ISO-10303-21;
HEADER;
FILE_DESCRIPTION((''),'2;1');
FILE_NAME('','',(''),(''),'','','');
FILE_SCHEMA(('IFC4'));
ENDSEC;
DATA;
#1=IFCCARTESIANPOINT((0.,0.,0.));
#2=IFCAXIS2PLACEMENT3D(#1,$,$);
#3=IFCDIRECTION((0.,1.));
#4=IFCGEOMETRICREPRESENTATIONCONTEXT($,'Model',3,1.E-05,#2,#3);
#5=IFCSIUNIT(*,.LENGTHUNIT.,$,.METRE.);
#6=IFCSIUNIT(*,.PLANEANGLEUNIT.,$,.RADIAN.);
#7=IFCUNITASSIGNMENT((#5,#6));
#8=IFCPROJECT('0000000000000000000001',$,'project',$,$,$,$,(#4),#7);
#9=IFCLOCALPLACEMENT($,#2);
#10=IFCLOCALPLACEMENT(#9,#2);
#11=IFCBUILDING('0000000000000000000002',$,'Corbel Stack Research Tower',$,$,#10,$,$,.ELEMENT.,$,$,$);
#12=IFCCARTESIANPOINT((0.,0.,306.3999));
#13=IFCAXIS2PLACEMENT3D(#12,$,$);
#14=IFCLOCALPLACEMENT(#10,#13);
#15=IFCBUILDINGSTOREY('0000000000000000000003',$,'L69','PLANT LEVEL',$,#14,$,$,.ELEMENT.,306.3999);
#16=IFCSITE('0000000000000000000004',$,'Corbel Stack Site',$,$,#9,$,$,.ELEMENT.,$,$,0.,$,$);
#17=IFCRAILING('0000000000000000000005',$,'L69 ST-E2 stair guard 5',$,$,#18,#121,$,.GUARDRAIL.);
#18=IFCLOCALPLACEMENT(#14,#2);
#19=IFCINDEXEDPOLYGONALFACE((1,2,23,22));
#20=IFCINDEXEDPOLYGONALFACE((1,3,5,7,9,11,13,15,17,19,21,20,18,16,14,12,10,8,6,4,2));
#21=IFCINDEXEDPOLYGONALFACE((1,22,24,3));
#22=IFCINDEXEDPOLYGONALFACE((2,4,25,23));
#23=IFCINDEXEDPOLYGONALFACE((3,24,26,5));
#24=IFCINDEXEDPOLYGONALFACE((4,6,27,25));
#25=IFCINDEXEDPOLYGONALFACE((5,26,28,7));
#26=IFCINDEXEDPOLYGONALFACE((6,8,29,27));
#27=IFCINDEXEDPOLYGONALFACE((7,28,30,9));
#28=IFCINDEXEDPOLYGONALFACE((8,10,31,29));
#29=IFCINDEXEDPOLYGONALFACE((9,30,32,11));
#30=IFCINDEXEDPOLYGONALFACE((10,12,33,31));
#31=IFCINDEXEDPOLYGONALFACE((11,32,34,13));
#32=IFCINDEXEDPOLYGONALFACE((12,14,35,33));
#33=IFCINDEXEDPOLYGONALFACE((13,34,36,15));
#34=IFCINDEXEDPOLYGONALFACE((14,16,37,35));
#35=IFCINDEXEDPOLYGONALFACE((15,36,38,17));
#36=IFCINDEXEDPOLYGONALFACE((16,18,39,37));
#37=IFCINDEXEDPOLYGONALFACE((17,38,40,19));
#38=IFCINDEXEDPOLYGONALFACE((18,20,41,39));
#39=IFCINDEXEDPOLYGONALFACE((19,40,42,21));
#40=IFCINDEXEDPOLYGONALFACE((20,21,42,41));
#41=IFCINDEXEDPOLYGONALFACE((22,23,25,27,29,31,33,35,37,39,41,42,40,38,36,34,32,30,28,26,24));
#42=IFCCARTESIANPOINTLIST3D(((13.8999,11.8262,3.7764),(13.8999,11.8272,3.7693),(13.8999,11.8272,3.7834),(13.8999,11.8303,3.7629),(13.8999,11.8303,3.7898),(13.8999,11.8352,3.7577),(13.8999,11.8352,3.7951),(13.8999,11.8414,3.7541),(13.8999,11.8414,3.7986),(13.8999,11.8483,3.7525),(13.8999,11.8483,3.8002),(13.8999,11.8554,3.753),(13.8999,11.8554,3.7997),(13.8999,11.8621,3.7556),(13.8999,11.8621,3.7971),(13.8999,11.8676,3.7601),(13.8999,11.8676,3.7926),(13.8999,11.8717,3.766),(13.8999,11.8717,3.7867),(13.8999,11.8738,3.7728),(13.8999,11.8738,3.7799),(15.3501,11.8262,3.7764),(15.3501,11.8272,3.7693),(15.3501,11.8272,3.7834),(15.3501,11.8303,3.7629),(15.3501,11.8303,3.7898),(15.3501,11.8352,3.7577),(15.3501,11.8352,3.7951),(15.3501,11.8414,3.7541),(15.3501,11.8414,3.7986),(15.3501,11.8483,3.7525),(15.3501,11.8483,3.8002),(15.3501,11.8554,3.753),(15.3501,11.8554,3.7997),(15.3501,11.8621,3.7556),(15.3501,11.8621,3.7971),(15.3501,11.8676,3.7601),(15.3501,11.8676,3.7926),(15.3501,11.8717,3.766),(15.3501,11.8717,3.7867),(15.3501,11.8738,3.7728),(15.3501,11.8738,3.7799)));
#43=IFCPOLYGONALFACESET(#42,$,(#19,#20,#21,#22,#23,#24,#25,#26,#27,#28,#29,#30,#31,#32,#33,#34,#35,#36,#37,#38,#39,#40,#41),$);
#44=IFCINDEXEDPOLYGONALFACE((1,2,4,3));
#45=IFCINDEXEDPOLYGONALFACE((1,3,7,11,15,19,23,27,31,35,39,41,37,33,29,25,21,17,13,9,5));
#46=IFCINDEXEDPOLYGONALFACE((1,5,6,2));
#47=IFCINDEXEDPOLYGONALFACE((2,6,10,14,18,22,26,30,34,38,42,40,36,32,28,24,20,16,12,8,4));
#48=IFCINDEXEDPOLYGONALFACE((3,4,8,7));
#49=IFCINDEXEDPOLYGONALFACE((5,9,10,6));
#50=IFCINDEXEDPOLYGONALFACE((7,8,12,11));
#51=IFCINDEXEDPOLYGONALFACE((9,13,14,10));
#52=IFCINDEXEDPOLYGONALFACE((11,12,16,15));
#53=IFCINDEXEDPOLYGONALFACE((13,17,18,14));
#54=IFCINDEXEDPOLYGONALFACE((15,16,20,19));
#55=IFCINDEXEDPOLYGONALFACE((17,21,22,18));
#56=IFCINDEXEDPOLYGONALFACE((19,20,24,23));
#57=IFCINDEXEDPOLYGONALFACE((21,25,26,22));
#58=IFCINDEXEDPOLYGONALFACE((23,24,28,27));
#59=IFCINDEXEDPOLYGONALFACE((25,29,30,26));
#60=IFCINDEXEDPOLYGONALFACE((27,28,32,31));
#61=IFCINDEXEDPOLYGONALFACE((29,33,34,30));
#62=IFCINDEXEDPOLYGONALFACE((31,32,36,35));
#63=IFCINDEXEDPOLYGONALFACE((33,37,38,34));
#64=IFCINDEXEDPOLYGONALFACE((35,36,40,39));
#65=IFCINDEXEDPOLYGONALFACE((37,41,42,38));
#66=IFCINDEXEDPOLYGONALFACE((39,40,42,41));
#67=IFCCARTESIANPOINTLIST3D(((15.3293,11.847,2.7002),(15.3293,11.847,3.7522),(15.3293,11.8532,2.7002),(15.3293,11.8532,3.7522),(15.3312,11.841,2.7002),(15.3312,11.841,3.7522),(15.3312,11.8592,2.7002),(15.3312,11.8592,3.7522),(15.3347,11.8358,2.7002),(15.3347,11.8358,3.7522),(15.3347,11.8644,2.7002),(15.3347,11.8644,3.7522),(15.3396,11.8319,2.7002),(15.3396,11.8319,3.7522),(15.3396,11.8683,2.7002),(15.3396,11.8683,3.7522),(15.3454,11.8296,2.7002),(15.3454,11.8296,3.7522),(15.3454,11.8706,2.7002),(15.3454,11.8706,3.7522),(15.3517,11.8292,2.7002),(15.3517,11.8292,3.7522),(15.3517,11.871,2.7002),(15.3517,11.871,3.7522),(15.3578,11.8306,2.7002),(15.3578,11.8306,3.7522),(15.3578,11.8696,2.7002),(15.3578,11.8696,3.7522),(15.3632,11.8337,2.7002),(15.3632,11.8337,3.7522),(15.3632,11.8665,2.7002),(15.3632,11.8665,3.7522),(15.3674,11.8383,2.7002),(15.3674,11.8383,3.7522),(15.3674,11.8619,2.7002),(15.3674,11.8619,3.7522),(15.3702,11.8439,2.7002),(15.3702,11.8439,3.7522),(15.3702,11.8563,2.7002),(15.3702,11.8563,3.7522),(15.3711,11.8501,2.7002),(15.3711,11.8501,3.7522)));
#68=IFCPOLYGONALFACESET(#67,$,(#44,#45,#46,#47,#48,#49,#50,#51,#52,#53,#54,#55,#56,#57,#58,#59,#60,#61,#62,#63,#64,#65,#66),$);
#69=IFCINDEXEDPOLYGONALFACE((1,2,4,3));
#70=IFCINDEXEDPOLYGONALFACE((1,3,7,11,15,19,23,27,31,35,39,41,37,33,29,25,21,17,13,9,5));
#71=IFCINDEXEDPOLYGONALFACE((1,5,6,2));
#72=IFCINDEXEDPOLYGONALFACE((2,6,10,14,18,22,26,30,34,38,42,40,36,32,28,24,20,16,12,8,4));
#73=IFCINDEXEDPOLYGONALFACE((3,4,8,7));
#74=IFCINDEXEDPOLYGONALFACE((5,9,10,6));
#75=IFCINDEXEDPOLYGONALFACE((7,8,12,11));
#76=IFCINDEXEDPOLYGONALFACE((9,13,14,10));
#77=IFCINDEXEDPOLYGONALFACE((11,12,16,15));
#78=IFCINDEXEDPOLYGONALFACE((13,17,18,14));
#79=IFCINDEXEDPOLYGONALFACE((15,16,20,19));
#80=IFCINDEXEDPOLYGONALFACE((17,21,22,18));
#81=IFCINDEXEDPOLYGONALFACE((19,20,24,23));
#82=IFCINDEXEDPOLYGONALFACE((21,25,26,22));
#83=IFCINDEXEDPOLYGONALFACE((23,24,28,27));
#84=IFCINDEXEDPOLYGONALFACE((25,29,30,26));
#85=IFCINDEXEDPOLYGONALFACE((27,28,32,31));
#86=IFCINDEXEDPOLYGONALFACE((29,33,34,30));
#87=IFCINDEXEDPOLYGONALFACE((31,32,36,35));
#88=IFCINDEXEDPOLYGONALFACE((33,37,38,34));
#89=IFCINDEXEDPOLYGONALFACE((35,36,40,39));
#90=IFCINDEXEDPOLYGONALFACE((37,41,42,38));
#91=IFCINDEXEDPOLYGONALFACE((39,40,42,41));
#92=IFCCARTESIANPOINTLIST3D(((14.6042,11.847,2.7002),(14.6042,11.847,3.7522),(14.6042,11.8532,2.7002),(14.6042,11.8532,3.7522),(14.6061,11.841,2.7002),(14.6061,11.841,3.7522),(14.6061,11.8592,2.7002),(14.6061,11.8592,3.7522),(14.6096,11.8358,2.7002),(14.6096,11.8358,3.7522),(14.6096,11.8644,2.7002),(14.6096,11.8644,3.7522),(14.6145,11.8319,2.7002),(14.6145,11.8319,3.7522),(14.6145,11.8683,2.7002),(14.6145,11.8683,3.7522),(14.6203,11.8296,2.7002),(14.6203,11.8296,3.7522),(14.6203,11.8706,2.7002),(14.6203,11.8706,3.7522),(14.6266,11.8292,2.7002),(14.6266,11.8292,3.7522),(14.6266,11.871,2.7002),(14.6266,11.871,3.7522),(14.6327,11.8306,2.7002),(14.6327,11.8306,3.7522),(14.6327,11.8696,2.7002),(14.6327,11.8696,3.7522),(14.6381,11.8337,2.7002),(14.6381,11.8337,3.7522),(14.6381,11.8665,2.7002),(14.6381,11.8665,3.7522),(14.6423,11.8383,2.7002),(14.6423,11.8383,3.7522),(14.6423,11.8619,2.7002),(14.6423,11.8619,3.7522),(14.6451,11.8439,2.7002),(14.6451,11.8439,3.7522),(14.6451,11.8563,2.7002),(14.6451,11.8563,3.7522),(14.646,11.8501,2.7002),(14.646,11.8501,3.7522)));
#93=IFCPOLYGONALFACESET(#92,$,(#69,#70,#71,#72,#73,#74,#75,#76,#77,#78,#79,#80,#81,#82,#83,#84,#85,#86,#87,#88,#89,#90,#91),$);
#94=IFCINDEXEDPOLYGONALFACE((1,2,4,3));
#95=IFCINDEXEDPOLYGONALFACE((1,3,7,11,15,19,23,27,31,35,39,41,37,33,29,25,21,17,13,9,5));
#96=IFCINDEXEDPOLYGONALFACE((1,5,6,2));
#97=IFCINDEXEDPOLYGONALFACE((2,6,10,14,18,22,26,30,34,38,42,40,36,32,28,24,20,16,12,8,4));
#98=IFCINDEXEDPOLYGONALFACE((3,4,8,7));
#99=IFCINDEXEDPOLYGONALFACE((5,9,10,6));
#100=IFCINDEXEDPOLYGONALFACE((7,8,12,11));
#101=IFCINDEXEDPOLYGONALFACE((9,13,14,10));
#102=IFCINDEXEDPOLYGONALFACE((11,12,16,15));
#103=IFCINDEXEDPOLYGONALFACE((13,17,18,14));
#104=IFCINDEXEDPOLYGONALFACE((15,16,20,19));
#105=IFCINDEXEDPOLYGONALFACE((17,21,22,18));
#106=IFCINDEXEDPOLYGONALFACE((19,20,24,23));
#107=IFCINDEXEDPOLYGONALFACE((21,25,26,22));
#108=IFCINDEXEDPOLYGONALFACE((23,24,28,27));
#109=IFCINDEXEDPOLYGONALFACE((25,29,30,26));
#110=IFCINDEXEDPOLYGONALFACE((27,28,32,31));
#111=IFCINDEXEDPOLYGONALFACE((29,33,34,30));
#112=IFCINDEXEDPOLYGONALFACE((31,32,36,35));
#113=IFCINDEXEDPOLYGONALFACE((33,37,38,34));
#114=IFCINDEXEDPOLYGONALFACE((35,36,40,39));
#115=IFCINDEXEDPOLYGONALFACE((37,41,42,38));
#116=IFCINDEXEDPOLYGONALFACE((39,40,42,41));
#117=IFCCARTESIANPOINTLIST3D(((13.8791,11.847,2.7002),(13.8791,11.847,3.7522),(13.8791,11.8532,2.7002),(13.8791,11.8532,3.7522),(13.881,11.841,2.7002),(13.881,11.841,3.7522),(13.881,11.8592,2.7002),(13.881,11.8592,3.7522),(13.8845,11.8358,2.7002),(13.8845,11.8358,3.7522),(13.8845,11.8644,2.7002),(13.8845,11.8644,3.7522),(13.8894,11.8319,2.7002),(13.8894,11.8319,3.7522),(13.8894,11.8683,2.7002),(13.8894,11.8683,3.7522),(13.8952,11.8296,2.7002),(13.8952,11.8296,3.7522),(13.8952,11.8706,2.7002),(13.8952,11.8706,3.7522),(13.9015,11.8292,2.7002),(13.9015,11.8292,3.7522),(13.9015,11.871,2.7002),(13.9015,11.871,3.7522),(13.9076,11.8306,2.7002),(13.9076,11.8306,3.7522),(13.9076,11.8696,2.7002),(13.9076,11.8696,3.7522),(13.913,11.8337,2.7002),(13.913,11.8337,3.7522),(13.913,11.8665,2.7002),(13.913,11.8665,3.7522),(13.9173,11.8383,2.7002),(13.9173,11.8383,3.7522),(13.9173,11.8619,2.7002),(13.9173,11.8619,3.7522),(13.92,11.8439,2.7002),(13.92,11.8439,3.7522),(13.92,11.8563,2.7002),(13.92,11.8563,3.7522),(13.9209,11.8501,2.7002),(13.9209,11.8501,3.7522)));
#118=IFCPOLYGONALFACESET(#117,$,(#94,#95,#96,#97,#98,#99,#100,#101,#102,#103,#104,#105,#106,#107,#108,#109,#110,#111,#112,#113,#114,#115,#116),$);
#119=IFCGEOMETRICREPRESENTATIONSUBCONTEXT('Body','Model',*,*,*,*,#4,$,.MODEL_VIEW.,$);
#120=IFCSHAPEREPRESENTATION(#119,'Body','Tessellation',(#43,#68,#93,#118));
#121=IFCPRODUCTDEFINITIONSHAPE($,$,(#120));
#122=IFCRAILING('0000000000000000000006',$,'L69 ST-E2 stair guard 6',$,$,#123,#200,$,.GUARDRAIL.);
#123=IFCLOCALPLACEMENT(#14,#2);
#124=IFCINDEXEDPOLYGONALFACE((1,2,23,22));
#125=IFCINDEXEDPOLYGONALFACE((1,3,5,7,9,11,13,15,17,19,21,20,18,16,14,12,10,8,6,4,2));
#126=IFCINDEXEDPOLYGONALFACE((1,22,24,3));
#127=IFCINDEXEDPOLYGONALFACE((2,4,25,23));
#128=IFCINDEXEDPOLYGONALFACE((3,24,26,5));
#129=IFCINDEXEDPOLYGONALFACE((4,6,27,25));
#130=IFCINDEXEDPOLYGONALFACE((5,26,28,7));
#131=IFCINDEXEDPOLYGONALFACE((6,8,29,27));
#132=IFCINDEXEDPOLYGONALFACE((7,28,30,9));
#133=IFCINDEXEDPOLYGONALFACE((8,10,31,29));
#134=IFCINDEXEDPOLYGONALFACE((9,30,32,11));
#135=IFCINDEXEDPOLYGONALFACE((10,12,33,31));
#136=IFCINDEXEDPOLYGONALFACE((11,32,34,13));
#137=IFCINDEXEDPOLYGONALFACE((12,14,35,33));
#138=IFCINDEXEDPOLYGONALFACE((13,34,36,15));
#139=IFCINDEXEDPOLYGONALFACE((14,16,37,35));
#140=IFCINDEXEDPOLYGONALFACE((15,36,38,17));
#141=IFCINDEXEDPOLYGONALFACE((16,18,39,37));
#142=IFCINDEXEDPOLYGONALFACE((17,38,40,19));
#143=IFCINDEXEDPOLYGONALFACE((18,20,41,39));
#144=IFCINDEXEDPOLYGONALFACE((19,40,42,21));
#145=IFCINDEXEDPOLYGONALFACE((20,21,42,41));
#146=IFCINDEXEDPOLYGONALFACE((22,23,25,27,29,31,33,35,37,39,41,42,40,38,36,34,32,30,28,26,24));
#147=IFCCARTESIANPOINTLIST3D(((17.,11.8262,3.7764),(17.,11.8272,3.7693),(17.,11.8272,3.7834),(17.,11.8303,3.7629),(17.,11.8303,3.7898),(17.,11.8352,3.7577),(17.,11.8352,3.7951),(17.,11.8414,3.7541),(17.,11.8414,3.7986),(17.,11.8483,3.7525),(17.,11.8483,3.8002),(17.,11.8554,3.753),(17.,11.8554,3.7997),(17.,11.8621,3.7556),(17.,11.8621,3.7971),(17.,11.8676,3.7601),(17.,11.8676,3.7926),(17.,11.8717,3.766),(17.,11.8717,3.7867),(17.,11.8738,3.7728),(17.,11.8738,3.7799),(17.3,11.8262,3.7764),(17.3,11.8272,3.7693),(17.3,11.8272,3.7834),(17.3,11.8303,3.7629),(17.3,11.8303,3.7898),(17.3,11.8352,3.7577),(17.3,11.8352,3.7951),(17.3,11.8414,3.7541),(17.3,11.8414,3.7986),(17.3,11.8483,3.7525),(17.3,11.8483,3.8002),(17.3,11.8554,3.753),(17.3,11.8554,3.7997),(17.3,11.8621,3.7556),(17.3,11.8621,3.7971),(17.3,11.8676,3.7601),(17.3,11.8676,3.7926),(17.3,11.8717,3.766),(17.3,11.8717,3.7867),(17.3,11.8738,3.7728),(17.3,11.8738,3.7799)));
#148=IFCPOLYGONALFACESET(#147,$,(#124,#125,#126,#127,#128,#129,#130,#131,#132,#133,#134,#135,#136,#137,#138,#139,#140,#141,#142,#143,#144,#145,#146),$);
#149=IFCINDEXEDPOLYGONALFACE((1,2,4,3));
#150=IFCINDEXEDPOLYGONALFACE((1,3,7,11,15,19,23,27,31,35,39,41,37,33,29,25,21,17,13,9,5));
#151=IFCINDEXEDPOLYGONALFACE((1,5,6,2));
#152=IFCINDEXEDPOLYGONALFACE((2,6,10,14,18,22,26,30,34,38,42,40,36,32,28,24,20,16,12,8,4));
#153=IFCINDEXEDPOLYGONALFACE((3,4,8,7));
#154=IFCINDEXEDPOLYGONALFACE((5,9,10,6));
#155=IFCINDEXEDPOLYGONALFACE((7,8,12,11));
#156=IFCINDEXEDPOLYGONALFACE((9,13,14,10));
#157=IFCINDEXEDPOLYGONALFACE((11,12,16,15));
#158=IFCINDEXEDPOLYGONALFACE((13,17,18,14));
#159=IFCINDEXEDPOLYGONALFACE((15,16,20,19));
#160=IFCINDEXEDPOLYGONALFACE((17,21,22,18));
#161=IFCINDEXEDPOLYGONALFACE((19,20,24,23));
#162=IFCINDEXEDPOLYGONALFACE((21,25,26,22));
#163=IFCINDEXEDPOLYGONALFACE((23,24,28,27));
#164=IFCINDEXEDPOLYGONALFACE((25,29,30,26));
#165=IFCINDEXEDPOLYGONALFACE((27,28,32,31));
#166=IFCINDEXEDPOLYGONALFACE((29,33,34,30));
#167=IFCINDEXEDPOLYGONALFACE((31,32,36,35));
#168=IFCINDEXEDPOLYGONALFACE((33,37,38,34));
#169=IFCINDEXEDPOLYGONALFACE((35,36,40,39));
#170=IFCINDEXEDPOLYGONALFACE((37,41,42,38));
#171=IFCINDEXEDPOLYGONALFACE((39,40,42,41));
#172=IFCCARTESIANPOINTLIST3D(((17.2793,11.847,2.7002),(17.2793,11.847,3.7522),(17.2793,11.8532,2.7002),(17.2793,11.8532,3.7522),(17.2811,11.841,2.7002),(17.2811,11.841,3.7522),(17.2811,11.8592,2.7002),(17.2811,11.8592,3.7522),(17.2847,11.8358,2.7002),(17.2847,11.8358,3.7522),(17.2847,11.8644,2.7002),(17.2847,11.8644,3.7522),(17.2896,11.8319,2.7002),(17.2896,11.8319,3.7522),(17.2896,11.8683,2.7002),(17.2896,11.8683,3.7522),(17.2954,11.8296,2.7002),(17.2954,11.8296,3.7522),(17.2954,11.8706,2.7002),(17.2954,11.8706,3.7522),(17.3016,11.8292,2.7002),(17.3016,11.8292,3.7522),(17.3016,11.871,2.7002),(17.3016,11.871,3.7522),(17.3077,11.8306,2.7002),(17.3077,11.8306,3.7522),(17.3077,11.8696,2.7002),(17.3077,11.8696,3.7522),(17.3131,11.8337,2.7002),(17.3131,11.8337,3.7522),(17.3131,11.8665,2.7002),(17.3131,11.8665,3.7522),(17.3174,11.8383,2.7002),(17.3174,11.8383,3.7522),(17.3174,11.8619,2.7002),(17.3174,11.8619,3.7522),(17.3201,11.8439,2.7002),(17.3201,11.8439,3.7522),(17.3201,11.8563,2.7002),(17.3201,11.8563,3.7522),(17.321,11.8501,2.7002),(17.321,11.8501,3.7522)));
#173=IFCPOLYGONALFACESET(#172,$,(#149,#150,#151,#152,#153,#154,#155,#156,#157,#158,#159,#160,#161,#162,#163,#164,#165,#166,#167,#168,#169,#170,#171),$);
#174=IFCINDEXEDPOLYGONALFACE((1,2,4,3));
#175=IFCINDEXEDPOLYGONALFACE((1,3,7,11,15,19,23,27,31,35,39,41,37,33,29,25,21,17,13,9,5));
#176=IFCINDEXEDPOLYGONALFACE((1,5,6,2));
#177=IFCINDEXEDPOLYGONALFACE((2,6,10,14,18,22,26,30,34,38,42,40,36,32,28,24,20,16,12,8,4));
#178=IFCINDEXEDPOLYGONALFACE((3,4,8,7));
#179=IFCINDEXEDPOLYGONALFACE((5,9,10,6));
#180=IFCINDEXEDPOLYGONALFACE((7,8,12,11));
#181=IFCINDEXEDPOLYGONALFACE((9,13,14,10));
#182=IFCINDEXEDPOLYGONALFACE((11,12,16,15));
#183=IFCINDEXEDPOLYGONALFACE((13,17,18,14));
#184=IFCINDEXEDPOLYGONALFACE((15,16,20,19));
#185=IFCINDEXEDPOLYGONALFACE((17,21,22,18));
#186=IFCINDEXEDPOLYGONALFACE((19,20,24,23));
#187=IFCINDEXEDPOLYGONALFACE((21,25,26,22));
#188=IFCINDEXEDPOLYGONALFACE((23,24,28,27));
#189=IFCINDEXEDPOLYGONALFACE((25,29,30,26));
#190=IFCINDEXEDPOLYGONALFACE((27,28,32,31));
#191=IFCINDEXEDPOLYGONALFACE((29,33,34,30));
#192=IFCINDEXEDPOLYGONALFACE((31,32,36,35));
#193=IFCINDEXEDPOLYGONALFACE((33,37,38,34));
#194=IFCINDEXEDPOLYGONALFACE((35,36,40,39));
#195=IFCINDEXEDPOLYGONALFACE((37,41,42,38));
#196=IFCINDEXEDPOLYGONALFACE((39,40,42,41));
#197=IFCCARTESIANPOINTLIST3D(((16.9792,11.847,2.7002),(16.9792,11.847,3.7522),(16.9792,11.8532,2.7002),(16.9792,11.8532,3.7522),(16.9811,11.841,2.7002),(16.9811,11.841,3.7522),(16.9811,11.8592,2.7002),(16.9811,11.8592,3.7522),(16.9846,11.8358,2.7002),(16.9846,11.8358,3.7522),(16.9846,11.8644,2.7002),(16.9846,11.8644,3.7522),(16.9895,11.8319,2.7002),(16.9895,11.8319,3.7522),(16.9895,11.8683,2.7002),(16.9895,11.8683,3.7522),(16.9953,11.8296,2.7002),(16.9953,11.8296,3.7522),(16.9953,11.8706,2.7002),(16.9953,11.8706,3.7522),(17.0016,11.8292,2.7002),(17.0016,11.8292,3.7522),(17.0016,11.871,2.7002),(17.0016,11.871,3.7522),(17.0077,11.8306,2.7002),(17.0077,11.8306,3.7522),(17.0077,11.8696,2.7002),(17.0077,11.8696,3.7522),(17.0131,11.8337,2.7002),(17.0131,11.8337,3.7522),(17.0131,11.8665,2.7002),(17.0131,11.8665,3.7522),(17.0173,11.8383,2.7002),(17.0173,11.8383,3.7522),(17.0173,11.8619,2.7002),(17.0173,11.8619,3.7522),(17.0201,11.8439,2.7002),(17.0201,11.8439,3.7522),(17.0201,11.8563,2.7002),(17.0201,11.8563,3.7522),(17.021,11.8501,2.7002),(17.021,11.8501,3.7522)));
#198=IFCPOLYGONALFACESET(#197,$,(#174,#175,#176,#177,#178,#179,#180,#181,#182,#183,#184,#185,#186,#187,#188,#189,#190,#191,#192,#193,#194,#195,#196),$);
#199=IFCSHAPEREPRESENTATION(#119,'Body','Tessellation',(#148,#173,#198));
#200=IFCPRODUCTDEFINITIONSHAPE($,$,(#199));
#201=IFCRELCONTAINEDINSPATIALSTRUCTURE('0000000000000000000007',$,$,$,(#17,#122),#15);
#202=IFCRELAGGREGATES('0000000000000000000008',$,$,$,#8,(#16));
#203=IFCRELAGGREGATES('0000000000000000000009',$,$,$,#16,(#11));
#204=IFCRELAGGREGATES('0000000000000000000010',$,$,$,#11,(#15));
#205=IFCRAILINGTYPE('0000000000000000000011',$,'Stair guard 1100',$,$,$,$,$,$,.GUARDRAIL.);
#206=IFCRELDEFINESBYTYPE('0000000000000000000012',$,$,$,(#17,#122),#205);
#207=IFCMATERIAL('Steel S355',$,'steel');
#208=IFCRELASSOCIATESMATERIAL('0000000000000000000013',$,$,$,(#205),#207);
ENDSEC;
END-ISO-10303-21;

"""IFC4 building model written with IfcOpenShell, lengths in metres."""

from ifc_helpers import new_model, si_unit, direction, frame, origin, origin_2d, place, context, subcontext, project, spatial, circle, extrude, material, type_object, element, save


model = new_model("IFC4")

# Units and contexts
model_context = context("Model", 3, precision=1e-05, world=origin(), true_north=direction((0.0, 1.0)))
body_context = subcontext(model_context, "Body", "Model", "MODEL_VIEW")
ifc_project = project(units=[si_unit("LENGTHUNIT", "METRE"), si_unit("PLANEANGLEUNIT", "RADIAN")], contexts=[model_context])

# Site, building, storey
site_placement = place(None, origin())
site = spatial("IfcSite", under=ifc_project, at=site_placement, Name="Corbel Stack Site", CompositionType="ELEMENT", RefElevation=0.0)
building_placement = place(site_placement, origin())
building = spatial("IfcBuilding", under=site, at=building_placement, Name="Corbel Stack Research Tower", CompositionType="ELEMENT")
storey_placement = place(building_placement, frame((0.0, 0.0, 306.3999)))
storey = spatial("IfcBuildingStorey", under=building, at=storey_placement, Name="L69", Description="PLANT LEVEL", CompositionType="ELEMENT", Elevation=306.3999)

# Railings
ifc_material_1 = material(Name="Steel S355", Category="steel")
railing_type_1 = type_object("IfcRailingType", Name="Stair guard 1100", PredefinedType="GUARDRAIL", material=ifc_material_1)
railing_1_placement = place(storey_placement, frame((15.3501, 11.8501, 2.7002)))
element("IfcRailing", 1, at=railing_1_placement, inside=storey, type_object=railing_type_1, Name="L69 ST-E2 stair guard 5", PredefinedType="GUARDRAIL", context=body_context, shape_type="SweptSolid", body=[
    extrude(circle(Radius=0.0239, at=origin_2d()), frame((0.0, 0.0, 1.0762), z_axis=(-1.0, 0.0, 0.0), x_axis=(0.0, -1.0, 0.0)), (0.0, 0.0, 1.0), 1.4502),
    extrude(circle(Radius=0.021, at=origin_2d()), origin(), (0.0, 0.0, 1.0), 1.052),
    extrude(circle(Radius=0.021, at=origin_2d()), frame((-0.7251, 0.0, 0.0)), (0.0, 0.0, 1.0), 1.052),
    extrude(circle(Radius=0.021, at=origin_2d()), frame((-1.4502, 0.0, 0.0)), (0.0, 0.0, 1.0), 1.052),
])
railing_2_placement = place(storey_placement, frame((17.3, 11.8501, 2.7002)))
element("IfcRailing", 2, at=railing_2_placement, inside=storey, type_object=railing_type_1, Name="L69 ST-E2 stair guard 6", PredefinedType="GUARDRAIL", context=body_context, shape_type="SweptSolid", body=[
    extrude(circle(Radius=0.0239, at=origin_2d()), frame((0.0, 0.0, 1.0762), z_axis=(-1.0, 0.0, 0.0), x_axis=(0.0, -1.0, 0.0)), (0.0, 0.0, 1.0), 0.3),
    extrude(circle(Radius=0.021, at=origin_2d()), origin(), (0.0, 0.0, 1.0), 1.052),
    extrude(circle(Radius=0.021, at=origin_2d()), frame((-0.3, 0.0, 0.0)), (0.0, 0.0, 1.0), 1.052),
])

save(model, "model.ifc")
